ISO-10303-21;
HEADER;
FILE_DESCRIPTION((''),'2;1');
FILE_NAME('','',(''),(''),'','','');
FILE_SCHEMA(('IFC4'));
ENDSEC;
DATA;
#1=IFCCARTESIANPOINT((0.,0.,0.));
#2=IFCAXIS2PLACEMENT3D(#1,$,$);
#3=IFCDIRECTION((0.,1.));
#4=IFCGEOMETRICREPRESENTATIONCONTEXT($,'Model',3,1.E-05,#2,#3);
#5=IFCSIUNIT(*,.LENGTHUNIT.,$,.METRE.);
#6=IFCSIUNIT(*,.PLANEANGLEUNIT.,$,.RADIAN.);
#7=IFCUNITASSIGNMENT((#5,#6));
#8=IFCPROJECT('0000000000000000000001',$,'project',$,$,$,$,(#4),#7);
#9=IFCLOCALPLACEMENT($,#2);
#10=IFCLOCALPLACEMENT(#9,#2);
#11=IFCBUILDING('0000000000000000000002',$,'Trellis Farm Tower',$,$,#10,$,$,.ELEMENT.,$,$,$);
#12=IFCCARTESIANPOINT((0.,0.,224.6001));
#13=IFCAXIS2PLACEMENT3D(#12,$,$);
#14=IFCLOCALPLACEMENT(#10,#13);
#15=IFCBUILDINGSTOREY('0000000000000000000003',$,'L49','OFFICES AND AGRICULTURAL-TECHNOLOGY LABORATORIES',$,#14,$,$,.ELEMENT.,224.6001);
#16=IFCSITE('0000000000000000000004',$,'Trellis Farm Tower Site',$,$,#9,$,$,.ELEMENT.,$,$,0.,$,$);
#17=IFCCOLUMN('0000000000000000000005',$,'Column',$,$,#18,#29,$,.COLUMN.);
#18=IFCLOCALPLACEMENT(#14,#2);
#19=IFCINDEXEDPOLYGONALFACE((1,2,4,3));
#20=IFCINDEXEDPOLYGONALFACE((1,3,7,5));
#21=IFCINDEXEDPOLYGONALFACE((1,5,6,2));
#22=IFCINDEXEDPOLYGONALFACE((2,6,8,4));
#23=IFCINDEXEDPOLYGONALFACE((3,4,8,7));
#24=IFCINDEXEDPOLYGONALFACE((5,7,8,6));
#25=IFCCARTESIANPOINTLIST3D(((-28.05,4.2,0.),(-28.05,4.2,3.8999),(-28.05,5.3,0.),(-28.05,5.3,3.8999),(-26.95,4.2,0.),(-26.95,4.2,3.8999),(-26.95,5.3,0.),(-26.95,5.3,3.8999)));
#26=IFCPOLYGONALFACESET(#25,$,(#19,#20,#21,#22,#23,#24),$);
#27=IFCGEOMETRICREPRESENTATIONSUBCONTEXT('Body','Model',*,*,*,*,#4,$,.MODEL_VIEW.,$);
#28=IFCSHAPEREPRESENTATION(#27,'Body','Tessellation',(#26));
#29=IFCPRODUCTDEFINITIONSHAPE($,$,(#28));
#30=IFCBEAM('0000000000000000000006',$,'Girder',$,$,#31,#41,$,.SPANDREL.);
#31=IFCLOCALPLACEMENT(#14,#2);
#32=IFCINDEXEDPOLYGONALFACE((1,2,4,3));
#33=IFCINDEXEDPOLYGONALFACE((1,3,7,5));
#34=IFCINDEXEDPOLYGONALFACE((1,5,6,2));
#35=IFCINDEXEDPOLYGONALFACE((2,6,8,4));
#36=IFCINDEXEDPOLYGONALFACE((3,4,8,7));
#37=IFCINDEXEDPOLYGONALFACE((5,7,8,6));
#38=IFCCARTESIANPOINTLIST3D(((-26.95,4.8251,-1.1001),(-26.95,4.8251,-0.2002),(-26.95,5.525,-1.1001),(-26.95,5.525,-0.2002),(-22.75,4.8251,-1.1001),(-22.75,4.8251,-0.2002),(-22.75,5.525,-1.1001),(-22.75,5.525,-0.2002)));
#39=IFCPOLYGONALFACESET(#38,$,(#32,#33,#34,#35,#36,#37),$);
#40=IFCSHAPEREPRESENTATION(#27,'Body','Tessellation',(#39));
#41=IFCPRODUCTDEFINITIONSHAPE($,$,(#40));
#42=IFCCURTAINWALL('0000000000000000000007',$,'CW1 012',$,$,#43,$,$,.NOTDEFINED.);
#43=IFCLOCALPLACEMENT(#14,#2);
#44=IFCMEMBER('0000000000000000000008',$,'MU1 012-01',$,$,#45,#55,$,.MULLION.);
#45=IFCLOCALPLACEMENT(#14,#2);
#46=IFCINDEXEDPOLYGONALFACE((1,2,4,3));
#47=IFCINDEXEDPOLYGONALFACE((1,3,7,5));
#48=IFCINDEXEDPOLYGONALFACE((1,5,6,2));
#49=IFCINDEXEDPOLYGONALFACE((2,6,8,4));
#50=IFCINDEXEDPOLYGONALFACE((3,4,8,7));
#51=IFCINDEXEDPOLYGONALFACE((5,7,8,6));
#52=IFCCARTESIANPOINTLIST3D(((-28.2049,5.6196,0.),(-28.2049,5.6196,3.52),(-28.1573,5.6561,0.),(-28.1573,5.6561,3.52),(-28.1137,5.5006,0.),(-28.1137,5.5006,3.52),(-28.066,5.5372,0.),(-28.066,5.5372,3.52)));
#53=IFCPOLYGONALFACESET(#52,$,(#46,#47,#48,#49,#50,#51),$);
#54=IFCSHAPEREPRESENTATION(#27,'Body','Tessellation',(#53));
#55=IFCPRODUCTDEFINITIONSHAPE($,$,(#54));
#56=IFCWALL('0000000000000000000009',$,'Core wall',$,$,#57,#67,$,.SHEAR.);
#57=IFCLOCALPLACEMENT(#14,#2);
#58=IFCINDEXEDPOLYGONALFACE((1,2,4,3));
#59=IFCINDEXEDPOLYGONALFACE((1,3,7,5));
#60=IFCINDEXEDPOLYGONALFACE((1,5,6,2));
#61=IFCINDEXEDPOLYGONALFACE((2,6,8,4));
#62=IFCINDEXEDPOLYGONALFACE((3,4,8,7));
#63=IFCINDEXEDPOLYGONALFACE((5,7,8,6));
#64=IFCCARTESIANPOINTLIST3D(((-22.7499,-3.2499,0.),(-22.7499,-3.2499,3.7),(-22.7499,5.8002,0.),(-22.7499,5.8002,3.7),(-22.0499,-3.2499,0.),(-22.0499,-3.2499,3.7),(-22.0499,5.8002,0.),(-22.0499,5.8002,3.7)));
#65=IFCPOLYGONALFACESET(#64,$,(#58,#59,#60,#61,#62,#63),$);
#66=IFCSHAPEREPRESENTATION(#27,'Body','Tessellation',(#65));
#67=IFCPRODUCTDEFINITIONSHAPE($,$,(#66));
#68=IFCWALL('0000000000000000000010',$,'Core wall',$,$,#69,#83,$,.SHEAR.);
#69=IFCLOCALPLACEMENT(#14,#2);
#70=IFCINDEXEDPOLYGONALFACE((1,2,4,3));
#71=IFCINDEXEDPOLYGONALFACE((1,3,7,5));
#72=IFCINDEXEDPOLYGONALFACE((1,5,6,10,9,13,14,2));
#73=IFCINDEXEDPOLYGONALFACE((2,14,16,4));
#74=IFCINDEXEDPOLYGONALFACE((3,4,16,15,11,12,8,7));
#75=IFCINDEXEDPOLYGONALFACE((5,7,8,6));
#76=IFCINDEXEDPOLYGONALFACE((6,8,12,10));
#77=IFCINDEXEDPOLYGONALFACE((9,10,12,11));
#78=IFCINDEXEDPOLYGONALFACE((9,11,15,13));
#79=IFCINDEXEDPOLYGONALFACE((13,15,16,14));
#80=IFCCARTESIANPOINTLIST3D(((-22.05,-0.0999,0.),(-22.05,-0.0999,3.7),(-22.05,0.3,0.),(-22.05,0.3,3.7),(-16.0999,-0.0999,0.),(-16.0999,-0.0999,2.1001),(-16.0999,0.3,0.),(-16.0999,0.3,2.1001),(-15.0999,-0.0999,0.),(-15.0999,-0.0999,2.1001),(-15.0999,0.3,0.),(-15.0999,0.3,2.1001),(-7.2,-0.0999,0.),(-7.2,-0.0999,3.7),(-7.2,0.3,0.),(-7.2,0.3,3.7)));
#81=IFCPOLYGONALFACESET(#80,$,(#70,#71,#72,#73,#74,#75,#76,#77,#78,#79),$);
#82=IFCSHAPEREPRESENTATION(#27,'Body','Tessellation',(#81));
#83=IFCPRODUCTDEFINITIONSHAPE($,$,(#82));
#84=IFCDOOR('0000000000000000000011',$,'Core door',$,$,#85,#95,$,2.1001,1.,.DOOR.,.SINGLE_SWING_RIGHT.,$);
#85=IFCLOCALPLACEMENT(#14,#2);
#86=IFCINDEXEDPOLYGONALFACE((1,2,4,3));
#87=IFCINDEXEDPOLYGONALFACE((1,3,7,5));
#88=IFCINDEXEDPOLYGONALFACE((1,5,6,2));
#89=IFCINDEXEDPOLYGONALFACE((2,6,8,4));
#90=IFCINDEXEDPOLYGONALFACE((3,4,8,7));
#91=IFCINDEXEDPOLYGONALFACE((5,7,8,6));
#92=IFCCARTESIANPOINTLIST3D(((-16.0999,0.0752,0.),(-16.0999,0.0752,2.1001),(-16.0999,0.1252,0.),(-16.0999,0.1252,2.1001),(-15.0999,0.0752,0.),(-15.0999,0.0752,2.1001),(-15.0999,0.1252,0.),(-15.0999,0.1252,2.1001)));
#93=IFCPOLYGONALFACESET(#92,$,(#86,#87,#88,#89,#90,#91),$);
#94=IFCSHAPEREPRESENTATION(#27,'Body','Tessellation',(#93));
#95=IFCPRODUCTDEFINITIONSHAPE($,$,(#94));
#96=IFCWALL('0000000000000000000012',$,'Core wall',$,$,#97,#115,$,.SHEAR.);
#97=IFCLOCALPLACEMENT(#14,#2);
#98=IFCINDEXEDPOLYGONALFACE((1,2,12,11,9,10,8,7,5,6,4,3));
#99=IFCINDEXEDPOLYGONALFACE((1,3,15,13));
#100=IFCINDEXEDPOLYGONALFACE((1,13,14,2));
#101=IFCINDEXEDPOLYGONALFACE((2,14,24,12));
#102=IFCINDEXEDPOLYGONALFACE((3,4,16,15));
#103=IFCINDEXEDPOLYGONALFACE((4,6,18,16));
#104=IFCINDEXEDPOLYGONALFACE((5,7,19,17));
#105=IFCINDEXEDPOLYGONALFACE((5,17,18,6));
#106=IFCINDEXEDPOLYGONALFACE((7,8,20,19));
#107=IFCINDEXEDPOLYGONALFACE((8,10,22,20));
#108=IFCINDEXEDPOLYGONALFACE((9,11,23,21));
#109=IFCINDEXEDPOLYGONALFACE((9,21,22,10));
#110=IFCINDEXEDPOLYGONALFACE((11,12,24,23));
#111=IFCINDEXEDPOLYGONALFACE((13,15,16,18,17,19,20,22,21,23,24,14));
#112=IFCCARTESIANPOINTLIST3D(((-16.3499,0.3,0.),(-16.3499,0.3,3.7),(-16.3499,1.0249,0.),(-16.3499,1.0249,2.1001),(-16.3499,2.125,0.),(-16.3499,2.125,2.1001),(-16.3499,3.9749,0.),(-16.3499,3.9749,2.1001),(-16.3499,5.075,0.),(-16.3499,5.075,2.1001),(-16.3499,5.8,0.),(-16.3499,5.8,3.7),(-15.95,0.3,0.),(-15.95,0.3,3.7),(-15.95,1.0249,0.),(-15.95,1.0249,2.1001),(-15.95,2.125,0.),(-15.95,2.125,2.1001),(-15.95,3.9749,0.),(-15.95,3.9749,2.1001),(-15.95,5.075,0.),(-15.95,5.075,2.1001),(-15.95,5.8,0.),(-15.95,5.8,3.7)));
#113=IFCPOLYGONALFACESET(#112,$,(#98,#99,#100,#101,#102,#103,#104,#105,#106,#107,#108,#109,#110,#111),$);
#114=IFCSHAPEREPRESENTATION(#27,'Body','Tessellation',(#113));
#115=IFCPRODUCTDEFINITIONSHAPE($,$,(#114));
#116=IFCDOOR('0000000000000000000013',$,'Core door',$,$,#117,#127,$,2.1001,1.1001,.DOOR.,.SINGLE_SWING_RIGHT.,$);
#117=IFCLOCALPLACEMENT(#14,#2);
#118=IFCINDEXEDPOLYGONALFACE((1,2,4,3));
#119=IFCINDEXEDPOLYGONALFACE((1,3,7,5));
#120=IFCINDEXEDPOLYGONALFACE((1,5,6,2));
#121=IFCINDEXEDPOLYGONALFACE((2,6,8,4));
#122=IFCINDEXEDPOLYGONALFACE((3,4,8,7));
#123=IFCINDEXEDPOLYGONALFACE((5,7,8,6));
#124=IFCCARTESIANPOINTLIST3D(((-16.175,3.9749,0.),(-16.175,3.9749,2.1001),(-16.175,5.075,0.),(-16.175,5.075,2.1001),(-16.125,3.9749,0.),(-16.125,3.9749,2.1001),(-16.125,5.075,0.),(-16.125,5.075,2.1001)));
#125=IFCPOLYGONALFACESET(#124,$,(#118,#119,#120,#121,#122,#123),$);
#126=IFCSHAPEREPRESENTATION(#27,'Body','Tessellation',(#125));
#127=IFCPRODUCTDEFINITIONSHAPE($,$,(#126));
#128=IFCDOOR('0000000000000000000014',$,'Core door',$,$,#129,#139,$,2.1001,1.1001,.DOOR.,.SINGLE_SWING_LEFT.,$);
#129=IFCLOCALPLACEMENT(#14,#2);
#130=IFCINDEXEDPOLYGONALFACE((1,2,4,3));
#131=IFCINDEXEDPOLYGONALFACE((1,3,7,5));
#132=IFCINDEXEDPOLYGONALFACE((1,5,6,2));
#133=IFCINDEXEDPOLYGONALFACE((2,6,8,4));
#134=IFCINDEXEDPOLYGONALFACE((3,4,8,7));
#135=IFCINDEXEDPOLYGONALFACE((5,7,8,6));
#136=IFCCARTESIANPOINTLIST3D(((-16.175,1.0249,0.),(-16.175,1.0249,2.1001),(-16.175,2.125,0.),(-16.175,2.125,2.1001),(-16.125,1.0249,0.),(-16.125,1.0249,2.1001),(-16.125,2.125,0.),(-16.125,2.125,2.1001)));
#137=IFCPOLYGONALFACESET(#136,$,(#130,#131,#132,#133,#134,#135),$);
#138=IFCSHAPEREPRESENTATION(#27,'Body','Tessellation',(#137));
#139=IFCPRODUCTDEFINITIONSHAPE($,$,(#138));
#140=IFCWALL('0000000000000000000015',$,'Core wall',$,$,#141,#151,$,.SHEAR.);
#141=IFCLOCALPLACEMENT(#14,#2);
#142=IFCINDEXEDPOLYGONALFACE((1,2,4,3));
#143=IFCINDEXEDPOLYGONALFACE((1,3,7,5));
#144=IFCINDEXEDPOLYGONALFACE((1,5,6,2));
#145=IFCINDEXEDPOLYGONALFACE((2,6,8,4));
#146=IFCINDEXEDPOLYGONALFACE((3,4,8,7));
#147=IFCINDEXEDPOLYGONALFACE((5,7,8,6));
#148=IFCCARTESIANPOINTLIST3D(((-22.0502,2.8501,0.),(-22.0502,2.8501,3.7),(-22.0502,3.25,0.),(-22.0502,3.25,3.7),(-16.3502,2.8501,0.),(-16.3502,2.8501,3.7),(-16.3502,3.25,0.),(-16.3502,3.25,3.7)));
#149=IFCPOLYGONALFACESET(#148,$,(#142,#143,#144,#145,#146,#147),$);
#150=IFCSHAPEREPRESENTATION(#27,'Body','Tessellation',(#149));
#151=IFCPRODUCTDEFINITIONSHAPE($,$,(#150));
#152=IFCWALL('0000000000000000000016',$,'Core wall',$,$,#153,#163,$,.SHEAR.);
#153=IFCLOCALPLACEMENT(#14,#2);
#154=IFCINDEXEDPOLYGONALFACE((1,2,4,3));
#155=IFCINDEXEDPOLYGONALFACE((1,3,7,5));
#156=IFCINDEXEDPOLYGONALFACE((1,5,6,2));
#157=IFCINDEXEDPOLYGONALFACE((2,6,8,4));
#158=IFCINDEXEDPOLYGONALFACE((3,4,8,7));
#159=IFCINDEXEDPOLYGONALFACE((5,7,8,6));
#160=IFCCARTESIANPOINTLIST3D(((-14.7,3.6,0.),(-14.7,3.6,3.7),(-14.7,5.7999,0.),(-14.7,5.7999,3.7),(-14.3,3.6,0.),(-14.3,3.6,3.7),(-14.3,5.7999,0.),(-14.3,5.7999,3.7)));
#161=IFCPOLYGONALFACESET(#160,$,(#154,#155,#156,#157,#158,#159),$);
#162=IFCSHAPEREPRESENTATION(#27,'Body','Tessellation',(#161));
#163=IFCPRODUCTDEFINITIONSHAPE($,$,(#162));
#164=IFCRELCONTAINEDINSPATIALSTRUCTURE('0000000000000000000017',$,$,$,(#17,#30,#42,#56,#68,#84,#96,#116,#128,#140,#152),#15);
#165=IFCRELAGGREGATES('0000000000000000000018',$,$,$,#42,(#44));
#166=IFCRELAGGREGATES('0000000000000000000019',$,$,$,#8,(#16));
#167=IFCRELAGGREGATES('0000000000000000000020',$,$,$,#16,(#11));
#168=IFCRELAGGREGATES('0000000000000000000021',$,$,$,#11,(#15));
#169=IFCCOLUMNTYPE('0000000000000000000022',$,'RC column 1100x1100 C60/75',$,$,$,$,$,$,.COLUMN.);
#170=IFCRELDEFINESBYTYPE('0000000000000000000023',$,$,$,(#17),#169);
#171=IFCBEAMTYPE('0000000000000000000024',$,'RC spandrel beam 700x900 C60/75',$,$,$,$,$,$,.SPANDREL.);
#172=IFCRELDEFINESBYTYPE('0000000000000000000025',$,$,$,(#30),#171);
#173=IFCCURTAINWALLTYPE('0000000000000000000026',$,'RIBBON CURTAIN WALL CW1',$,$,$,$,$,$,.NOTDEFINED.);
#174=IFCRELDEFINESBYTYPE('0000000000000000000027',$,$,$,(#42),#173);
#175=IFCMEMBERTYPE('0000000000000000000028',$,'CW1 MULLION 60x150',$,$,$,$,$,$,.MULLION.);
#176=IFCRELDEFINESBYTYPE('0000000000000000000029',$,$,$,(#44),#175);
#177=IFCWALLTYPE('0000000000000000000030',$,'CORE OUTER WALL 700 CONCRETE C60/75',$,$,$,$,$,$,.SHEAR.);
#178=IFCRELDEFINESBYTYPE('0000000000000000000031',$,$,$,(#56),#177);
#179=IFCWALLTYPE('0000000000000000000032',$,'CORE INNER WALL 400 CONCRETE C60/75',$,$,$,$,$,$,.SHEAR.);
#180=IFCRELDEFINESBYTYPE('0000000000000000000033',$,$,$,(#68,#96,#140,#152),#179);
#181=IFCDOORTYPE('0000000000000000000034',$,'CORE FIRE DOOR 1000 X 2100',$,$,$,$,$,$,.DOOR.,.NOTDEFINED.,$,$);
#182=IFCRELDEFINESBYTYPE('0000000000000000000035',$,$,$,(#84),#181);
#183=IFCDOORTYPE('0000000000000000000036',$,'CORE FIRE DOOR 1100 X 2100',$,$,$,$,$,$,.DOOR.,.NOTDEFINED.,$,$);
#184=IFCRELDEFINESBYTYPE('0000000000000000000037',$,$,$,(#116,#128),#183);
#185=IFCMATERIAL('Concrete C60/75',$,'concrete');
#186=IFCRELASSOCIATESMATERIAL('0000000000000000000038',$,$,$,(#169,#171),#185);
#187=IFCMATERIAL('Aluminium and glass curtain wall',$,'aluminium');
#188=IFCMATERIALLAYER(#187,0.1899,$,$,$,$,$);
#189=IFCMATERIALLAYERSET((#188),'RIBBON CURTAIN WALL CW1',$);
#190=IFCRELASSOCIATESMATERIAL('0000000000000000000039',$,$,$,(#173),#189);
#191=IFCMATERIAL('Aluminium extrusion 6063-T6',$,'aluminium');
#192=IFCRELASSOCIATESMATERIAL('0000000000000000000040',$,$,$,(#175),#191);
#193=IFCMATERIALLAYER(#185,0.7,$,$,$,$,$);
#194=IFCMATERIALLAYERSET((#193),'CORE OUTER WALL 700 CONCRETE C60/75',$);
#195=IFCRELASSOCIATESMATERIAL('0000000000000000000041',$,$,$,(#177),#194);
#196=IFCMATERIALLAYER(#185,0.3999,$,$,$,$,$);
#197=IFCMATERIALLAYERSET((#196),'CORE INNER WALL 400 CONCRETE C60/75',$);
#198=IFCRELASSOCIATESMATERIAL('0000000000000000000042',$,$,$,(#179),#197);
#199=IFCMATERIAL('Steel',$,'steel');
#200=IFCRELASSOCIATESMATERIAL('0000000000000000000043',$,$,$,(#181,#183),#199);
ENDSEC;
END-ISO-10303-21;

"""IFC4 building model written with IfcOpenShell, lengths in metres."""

from ifc_helpers import new_model, si_unit, direction, frame, frame_2d, origin, origin_2d, place, context, subcontext, project, spatial, rectangle, extrude, source, transform, mapped, material, layer, layer_set, material_profile, profile_set, type_object, element, fill, aggregate, save


model = new_model("IFC4")

# Units and contexts
model_context = context("Model", 3, precision=1e-05, world=origin(), true_north=direction((0.0, 1.0)))
body_context = subcontext(model_context, "Body", "Model", "MODEL_VIEW")
ifc_project = project(units=[si_unit("LENGTHUNIT", "METRE"), si_unit("PLANEANGLEUNIT", "RADIAN")], contexts=[model_context])

# Site, building, storey
site_placement = place(None, origin())
site = spatial("IfcSite", under=ifc_project, at=site_placement, Name="Trellis Farm Tower Site", CompositionType="ELEMENT", RefElevation=0.0)
building_placement = place(site_placement, origin())
building = spatial("IfcBuilding", under=site, at=building_placement, Name="Trellis Farm Tower", CompositionType="ELEMENT")
storey_placement = place(building_placement, frame((0.0, 0.0, 224.6001)))
storey = spatial("IfcBuildingStorey", under=building, at=storey_placement, Name="L49", Description="OFFICES AND AGRICULTURAL-TECHNOLOGY LABORATORIES", CompositionType="ELEMENT", Elevation=224.6001)

# Column
ifc_material_1 = material(Name="Concrete C60/75", Category="concrete")
ifc_material_profile_1 = material_profile(ifc_material_1, rectangle(XDim=1.1001, YDim=1.1001, at=origin_2d()), Name="RC column 1100x1100 C60/75")
ifc_profile_set_1 = profile_set([ifc_material_profile_1], Name="Concrete C60/75")
column_type = type_object("IfcColumnType", Name="RC column 1100x1100 C60/75", PredefinedType="COLUMN", material=ifc_profile_set_1)
shared_shape_1 = source(origin(), body_context, "Body", "SweptSolid", [
    extrude(rectangle(XDim=1.1001, YDim=1.1001, at=origin_2d()), origin(), (0.0, 0.0, 1.0), 3.8999),
])
column_placement = place(storey_placement, frame((-27.5, 4.75, 0.0), z_axis=(0.0, 0.0, 1.0), x_axis=(1.0, 0.0, 0.0)))
element("IfcColumn", 1, at=column_placement, inside=storey, type_object=column_type, Name="Column", PredefinedType="COLUMN", context=body_context, shape_type="MappedRepresentation", body=[
    mapped(shared_shape_1, transform((0.0, 0.0, 0.0))),
])

# Beam
ifc_material_profile_2 = material_profile(ifc_material_1, rectangle(XDim=0.7, YDim=0.8999, at=origin_2d()), Name="RC spandrel beam 700x900 C60/75")
ifc_profile_set_2 = profile_set([ifc_material_profile_2], Name="Concrete C60/75")
beam_type = type_object("IfcBeamType", Name="RC spandrel beam 700x900 C60/75", PredefinedType="SPANDREL", material=ifc_profile_set_2)
shared_shape_2 = source(origin(), body_context, "Body", "SweptSolid", [
    extrude(rectangle(XDim=0.7, YDim=0.8999, at=origin_2d()), origin(), (0.0, 0.0, 1.0), 4.2),
])
beam_placement = place(storey_placement, frame((-26.95, 5.175, -0.6501), z_axis=(1.0, 0.0, 0.0), x_axis=(0.0, 1.0, 0.0)))
element("IfcBeam", 2, at=beam_placement, inside=storey, type_object=beam_type, Name="Girder", PredefinedType="SPANDREL", context=body_context, shape_type="MappedRepresentation", body=[
    mapped(shared_shape_2, transform((0.0, 0.0, 0.0))),
])

# Curtain wall, member
ifc_material_2 = material(Name="Aluminium and glass curtain wall", Category="aluminium")
ifc_layer_1 = layer(ifc_material_2, 0.1899)
ifc_layer_set_1 = layer_set([ifc_layer_1], Name="RIBBON CURTAIN WALL CW1")
curtain_wall_type = type_object("IfcCurtainWallType", Name="RIBBON CURTAIN WALL CW1", PredefinedType="NOTDEFINED", material=ifc_layer_set_1)
placement = place(storey_placement, origin())
curtain_wall = element("IfcCurtainWall", 3, at=placement, inside=storey, type_object=curtain_wall_type, Name="CW1 012", PredefinedType="NOTDEFINED")
ifc_material_3 = material(Name="Aluminium extrusion 6063-T6", Category="aluminium")
ifc_material_profile_3 = material_profile(ifc_material_3, rectangle(XDim=0.0601, YDim=0.1499, at=origin_2d()), Name="MULLION 60x150")
ifc_profile_set_3 = profile_set([ifc_material_profile_3], Name="Aluminium extrusion 6063-T6")
member_type = type_object("IfcMemberType", Name="CW1 MULLION 60x150", PredefinedType="MULLION", material=ifc_profile_set_3)
shared_shape_3 = source(origin(), body_context, "Body", "SweptSolid", [
    extrude(rectangle(XDim=0.0601, YDim=0.1499, at=origin_2d()), origin(), (0.0, 0.0, 1.0), 3.52),
])
member_placement = place(storey_placement, frame((-28.1355, 5.5784, 0.0), z_axis=(0.0, 0.0, 1.0), x_axis=(-0.793353, -0.608761, 0.0)))
member = element("IfcMember", 4, at=member_placement, type_object=member_type, Name="MU1 012-01", PredefinedType="MULLION", context=body_context, shape_type="MappedRepresentation", body=[
    mapped(shared_shape_3, transform((0.0, 0.0, 0.0))),
])
aggregate(curtain_wall, [member])

# Wall
ifc_layer_2 = layer(ifc_material_1, 0.7)
ifc_layer_set_2 = layer_set([ifc_layer_2], Name="CORE OUTER WALL 700 CONCRETE C60/75")
wall_type_1 = type_object("IfcWallType", Name="CORE OUTER WALL 700 CONCRETE C60/75", PredefinedType="SHEAR", material=ifc_layer_set_2)
shared_shape_4 = source(origin(), body_context, "Body", "SweptSolid", [
    extrude(rectangle(XDim=9.05, YDim=0.7, at=frame_2d((4.5249, 0.0))), origin(), (0.0, 0.0, 1.0), 3.7),
])
wall_1_placement = place(storey_placement, frame((-22.3999, 5.8, 0.0), z_axis=(0.0, 0.0, 1.0), x_axis=(0.0, -1.0, 0.0)))
element("IfcWall", 5, at=wall_1_placement, inside=storey, type_object=wall_type_1, Name="Core wall", PredefinedType="SHEAR", context=body_context, shape_type="MappedRepresentation", body=[
    mapped(shared_shape_4, transform((0.0, 0.0, 0.0))),
])

# Wall, opening, door
ifc_layer_3 = layer(ifc_material_1, 0.3999)
ifc_layer_set_3 = layer_set([ifc_layer_3], Name="CORE INNER WALL 400 CONCRETE C60/75")
wall_type_2 = type_object("IfcWallType", Name="CORE INNER WALL 400 CONCRETE C60/75", PredefinedType="SHEAR", material=ifc_layer_set_3)
shared_shape_5 = source(origin(), body_context, "Body", "SweptSolid", [
    extrude(rectangle(XDim=14.8501, YDim=0.3999, at=frame_2d((7.425, 0.0))), origin(), (0.0, 0.0, 1.0), 3.7),
])
wall_2_placement = place(storey_placement, frame((-7.2, 0.1001, 0.0), z_axis=(0.0, 0.0, 1.0), x_axis=(-1.0, 0.0, 0.0)))
wall_2 = element("IfcWall", 6, at=wall_2_placement, inside=storey, type_object=wall_type_2, Name="Core wall", PredefinedType="SHEAR", context=body_context, shape_type="MappedRepresentation", body=[
    mapped(shared_shape_5, transform((0.0, 0.0, 0.0))),
])
shared_shape_6 = source(origin(), body_context, "Body", "SweptSolid", [
    extrude(rectangle(XDim=1.0, YDim=2.1001, at=frame_2d((0.5, 1.05))), frame((0.0, 0.21, 0.0), z_axis=(0.0, -1.0, 0.0), x_axis=(1.0, 0.0, 0.0)), (0.0, 0.0, 1.0), 0.4199),
])
opening_1_placement = place(wall_2_placement, frame((7.8999, 0.0, 0.0)))
opening_1 = element("IfcOpeningElement", 7, at=opening_1_placement, cuts=wall_2, PredefinedType="OPENING", context=body_context, shape_type="MappedRepresentation", body=[
    mapped(shared_shape_6, transform((0.0, 0.0, 0.0))),
])
ifc_material_4 = material(Name="Steel", Category="steel")
door_type_1 = type_object("IfcDoorType", Name="CORE FIRE DOOR 1000 X 2100", OperationType="NOTDEFINED", PredefinedType="DOOR", material=ifc_material_4)
shared_shape_7 = source(origin(), body_context, "Body", "SweptSolid", [
    extrude(rectangle(XDim=1.0, YDim=2.1001, at=frame_2d((0.5, 1.05))), frame((0.0, 0.0249, 0.0), z_axis=(0.0, -1.0, 0.0), x_axis=(1.0, 0.0, 0.0)), (0.0, 0.0, 1.0), 0.05),
])
door_1_placement = place(opening_1_placement, origin())
door_1 = element("IfcDoor", 8, at=door_1_placement, inside=storey, type_object=door_type_1, Name="Core door", OperationType="SINGLE_SWING_RIGHT", OverallHeight=2.1001, OverallWidth=1.0, PredefinedType="DOOR", context=body_context, shape_type="MappedRepresentation", body=[
    mapped(shared_shape_7, transform((0.0, 0.0, 0.0))),
])
fill(opening_1, door_1)

# Wall, openings, doors
shared_shape_8 = source(origin(), body_context, "Body", "SweptSolid", [
    extrude(rectangle(XDim=5.5, YDim=0.3999, at=frame_2d((2.75, 0.0))), origin(), (0.0, 0.0, 1.0), 3.7),
])
wall_3_placement = place(storey_placement, frame((-16.1499, 5.8, 0.0), z_axis=(0.0, 0.0, 1.0), x_axis=(0.0, -1.0, 0.0)))
wall_3 = element("IfcWall", 9, at=wall_3_placement, inside=storey, type_object=wall_type_2, Name="Core wall", PredefinedType="SHEAR", context=body_context, shape_type="MappedRepresentation", body=[
    mapped(shared_shape_8, transform((0.0, 0.0, 0.0))),
])
shared_shape_9 = source(origin(), body_context, "Body", "SweptSolid", [
    extrude(rectangle(XDim=1.1001, YDim=2.1001, at=frame_2d((0.55, 1.05))), frame((0.0, 0.21, 0.0), z_axis=(0.0, -1.0, 0.0), x_axis=(1.0, 0.0, 0.0)), (0.0, 0.0, 1.0), 0.4199),
])
opening_2_placement = place(wall_3_placement, frame((0.7251, 0.0, 0.0)))
opening_2 = element("IfcOpeningElement", 10, at=opening_2_placement, cuts=wall_3, PredefinedType="OPENING", context=body_context, shape_type="MappedRepresentation", body=[
    mapped(shared_shape_9, transform((0.0, 0.0, 0.0))),
])
opening_3_placement = place(wall_3_placement, frame((3.675, 0.0, 0.0)))
opening_3 = element("IfcOpeningElement", 11, at=opening_3_placement, cuts=wall_3, PredefinedType="OPENING", context=body_context, shape_type="MappedRepresentation", body=[
    mapped(shared_shape_9, transform((0.0, 0.0, 0.0))),
])
door_type_2 = type_object("IfcDoorType", Name="CORE FIRE DOOR 1100 X 2100", OperationType="NOTDEFINED", PredefinedType="DOOR", material=ifc_material_4)
shared_shape_10 = source(origin(), body_context, "Body", "SweptSolid", [
    extrude(rectangle(XDim=1.1001, YDim=2.1001, at=frame_2d((0.55, 1.05))), frame((0.0, 0.0249, 0.0), z_axis=(0.0, -1.0, 0.0), x_axis=(1.0, 0.0, 0.0)), (0.0, 0.0, 1.0), 0.05),
])
door_2_placement = place(opening_2_placement, origin())
door_2 = element("IfcDoor", 12, at=door_2_placement, inside=storey, type_object=door_type_2, Name="Core door", OperationType="SINGLE_SWING_RIGHT", OverallHeight=2.1001, OverallWidth=1.1001, PredefinedType="DOOR", context=body_context, shape_type="MappedRepresentation", body=[
    mapped(shared_shape_10, transform((0.0, 0.0, 0.0))),
])
fill(opening_2, door_2)
door_3_placement = place(opening_3_placement, origin())
door_3 = element("IfcDoor", 13, at=door_3_placement, inside=storey, type_object=door_type_2, Name="Core door", OperationType="SINGLE_SWING_LEFT", OverallHeight=2.1001, OverallWidth=1.1001, PredefinedType="DOOR", context=body_context, shape_type="MappedRepresentation", body=[
    mapped(shared_shape_10, transform((0.0, 0.0, 0.0))),
])
fill(opening_3, door_3)

# Walls
shared_shape_11 = source(origin(), body_context, "Body", "SweptSolid", [
    extrude(rectangle(XDim=5.7, YDim=0.3999, at=frame_2d((2.8501, 0.0))), origin(), (0.0, 0.0, 1.0), 3.7),
])
wall_4_placement = place(storey_placement, frame((-16.3501, 3.05, 0.0), z_axis=(0.0, 0.0, 1.0), x_axis=(-1.0, 0.0, 0.0)))
element("IfcWall", 14, at=wall_4_placement, inside=storey, type_object=wall_type_2, Name="Core wall", PredefinedType="SHEAR", context=body_context, shape_type="MappedRepresentation", body=[
    mapped(shared_shape_11, transform((0.0, 0.0, 0.0))),
])
shared_shape_12 = source(origin(), body_context, "Body", "SweptSolid", [
    extrude(rectangle(XDim=2.2, YDim=0.3999, at=frame_2d((1.1001, 0.0))), origin(), (0.0, 0.0, 1.0), 3.7),
])
wall_5_placement = place(storey_placement, frame((-14.5, 5.8, 0.0), z_axis=(0.0, 0.0, 1.0), x_axis=(0.0, -1.0, 0.0)))
element("IfcWall", 15, at=wall_5_placement, inside=storey, type_object=wall_type_2, Name="Core wall", PredefinedType="SHEAR", context=body_context, shape_type="MappedRepresentation", body=[
    mapped(shared_shape_12, transform((0.0, 0.0, 0.0))),
])

save(model, "model.ifc")
